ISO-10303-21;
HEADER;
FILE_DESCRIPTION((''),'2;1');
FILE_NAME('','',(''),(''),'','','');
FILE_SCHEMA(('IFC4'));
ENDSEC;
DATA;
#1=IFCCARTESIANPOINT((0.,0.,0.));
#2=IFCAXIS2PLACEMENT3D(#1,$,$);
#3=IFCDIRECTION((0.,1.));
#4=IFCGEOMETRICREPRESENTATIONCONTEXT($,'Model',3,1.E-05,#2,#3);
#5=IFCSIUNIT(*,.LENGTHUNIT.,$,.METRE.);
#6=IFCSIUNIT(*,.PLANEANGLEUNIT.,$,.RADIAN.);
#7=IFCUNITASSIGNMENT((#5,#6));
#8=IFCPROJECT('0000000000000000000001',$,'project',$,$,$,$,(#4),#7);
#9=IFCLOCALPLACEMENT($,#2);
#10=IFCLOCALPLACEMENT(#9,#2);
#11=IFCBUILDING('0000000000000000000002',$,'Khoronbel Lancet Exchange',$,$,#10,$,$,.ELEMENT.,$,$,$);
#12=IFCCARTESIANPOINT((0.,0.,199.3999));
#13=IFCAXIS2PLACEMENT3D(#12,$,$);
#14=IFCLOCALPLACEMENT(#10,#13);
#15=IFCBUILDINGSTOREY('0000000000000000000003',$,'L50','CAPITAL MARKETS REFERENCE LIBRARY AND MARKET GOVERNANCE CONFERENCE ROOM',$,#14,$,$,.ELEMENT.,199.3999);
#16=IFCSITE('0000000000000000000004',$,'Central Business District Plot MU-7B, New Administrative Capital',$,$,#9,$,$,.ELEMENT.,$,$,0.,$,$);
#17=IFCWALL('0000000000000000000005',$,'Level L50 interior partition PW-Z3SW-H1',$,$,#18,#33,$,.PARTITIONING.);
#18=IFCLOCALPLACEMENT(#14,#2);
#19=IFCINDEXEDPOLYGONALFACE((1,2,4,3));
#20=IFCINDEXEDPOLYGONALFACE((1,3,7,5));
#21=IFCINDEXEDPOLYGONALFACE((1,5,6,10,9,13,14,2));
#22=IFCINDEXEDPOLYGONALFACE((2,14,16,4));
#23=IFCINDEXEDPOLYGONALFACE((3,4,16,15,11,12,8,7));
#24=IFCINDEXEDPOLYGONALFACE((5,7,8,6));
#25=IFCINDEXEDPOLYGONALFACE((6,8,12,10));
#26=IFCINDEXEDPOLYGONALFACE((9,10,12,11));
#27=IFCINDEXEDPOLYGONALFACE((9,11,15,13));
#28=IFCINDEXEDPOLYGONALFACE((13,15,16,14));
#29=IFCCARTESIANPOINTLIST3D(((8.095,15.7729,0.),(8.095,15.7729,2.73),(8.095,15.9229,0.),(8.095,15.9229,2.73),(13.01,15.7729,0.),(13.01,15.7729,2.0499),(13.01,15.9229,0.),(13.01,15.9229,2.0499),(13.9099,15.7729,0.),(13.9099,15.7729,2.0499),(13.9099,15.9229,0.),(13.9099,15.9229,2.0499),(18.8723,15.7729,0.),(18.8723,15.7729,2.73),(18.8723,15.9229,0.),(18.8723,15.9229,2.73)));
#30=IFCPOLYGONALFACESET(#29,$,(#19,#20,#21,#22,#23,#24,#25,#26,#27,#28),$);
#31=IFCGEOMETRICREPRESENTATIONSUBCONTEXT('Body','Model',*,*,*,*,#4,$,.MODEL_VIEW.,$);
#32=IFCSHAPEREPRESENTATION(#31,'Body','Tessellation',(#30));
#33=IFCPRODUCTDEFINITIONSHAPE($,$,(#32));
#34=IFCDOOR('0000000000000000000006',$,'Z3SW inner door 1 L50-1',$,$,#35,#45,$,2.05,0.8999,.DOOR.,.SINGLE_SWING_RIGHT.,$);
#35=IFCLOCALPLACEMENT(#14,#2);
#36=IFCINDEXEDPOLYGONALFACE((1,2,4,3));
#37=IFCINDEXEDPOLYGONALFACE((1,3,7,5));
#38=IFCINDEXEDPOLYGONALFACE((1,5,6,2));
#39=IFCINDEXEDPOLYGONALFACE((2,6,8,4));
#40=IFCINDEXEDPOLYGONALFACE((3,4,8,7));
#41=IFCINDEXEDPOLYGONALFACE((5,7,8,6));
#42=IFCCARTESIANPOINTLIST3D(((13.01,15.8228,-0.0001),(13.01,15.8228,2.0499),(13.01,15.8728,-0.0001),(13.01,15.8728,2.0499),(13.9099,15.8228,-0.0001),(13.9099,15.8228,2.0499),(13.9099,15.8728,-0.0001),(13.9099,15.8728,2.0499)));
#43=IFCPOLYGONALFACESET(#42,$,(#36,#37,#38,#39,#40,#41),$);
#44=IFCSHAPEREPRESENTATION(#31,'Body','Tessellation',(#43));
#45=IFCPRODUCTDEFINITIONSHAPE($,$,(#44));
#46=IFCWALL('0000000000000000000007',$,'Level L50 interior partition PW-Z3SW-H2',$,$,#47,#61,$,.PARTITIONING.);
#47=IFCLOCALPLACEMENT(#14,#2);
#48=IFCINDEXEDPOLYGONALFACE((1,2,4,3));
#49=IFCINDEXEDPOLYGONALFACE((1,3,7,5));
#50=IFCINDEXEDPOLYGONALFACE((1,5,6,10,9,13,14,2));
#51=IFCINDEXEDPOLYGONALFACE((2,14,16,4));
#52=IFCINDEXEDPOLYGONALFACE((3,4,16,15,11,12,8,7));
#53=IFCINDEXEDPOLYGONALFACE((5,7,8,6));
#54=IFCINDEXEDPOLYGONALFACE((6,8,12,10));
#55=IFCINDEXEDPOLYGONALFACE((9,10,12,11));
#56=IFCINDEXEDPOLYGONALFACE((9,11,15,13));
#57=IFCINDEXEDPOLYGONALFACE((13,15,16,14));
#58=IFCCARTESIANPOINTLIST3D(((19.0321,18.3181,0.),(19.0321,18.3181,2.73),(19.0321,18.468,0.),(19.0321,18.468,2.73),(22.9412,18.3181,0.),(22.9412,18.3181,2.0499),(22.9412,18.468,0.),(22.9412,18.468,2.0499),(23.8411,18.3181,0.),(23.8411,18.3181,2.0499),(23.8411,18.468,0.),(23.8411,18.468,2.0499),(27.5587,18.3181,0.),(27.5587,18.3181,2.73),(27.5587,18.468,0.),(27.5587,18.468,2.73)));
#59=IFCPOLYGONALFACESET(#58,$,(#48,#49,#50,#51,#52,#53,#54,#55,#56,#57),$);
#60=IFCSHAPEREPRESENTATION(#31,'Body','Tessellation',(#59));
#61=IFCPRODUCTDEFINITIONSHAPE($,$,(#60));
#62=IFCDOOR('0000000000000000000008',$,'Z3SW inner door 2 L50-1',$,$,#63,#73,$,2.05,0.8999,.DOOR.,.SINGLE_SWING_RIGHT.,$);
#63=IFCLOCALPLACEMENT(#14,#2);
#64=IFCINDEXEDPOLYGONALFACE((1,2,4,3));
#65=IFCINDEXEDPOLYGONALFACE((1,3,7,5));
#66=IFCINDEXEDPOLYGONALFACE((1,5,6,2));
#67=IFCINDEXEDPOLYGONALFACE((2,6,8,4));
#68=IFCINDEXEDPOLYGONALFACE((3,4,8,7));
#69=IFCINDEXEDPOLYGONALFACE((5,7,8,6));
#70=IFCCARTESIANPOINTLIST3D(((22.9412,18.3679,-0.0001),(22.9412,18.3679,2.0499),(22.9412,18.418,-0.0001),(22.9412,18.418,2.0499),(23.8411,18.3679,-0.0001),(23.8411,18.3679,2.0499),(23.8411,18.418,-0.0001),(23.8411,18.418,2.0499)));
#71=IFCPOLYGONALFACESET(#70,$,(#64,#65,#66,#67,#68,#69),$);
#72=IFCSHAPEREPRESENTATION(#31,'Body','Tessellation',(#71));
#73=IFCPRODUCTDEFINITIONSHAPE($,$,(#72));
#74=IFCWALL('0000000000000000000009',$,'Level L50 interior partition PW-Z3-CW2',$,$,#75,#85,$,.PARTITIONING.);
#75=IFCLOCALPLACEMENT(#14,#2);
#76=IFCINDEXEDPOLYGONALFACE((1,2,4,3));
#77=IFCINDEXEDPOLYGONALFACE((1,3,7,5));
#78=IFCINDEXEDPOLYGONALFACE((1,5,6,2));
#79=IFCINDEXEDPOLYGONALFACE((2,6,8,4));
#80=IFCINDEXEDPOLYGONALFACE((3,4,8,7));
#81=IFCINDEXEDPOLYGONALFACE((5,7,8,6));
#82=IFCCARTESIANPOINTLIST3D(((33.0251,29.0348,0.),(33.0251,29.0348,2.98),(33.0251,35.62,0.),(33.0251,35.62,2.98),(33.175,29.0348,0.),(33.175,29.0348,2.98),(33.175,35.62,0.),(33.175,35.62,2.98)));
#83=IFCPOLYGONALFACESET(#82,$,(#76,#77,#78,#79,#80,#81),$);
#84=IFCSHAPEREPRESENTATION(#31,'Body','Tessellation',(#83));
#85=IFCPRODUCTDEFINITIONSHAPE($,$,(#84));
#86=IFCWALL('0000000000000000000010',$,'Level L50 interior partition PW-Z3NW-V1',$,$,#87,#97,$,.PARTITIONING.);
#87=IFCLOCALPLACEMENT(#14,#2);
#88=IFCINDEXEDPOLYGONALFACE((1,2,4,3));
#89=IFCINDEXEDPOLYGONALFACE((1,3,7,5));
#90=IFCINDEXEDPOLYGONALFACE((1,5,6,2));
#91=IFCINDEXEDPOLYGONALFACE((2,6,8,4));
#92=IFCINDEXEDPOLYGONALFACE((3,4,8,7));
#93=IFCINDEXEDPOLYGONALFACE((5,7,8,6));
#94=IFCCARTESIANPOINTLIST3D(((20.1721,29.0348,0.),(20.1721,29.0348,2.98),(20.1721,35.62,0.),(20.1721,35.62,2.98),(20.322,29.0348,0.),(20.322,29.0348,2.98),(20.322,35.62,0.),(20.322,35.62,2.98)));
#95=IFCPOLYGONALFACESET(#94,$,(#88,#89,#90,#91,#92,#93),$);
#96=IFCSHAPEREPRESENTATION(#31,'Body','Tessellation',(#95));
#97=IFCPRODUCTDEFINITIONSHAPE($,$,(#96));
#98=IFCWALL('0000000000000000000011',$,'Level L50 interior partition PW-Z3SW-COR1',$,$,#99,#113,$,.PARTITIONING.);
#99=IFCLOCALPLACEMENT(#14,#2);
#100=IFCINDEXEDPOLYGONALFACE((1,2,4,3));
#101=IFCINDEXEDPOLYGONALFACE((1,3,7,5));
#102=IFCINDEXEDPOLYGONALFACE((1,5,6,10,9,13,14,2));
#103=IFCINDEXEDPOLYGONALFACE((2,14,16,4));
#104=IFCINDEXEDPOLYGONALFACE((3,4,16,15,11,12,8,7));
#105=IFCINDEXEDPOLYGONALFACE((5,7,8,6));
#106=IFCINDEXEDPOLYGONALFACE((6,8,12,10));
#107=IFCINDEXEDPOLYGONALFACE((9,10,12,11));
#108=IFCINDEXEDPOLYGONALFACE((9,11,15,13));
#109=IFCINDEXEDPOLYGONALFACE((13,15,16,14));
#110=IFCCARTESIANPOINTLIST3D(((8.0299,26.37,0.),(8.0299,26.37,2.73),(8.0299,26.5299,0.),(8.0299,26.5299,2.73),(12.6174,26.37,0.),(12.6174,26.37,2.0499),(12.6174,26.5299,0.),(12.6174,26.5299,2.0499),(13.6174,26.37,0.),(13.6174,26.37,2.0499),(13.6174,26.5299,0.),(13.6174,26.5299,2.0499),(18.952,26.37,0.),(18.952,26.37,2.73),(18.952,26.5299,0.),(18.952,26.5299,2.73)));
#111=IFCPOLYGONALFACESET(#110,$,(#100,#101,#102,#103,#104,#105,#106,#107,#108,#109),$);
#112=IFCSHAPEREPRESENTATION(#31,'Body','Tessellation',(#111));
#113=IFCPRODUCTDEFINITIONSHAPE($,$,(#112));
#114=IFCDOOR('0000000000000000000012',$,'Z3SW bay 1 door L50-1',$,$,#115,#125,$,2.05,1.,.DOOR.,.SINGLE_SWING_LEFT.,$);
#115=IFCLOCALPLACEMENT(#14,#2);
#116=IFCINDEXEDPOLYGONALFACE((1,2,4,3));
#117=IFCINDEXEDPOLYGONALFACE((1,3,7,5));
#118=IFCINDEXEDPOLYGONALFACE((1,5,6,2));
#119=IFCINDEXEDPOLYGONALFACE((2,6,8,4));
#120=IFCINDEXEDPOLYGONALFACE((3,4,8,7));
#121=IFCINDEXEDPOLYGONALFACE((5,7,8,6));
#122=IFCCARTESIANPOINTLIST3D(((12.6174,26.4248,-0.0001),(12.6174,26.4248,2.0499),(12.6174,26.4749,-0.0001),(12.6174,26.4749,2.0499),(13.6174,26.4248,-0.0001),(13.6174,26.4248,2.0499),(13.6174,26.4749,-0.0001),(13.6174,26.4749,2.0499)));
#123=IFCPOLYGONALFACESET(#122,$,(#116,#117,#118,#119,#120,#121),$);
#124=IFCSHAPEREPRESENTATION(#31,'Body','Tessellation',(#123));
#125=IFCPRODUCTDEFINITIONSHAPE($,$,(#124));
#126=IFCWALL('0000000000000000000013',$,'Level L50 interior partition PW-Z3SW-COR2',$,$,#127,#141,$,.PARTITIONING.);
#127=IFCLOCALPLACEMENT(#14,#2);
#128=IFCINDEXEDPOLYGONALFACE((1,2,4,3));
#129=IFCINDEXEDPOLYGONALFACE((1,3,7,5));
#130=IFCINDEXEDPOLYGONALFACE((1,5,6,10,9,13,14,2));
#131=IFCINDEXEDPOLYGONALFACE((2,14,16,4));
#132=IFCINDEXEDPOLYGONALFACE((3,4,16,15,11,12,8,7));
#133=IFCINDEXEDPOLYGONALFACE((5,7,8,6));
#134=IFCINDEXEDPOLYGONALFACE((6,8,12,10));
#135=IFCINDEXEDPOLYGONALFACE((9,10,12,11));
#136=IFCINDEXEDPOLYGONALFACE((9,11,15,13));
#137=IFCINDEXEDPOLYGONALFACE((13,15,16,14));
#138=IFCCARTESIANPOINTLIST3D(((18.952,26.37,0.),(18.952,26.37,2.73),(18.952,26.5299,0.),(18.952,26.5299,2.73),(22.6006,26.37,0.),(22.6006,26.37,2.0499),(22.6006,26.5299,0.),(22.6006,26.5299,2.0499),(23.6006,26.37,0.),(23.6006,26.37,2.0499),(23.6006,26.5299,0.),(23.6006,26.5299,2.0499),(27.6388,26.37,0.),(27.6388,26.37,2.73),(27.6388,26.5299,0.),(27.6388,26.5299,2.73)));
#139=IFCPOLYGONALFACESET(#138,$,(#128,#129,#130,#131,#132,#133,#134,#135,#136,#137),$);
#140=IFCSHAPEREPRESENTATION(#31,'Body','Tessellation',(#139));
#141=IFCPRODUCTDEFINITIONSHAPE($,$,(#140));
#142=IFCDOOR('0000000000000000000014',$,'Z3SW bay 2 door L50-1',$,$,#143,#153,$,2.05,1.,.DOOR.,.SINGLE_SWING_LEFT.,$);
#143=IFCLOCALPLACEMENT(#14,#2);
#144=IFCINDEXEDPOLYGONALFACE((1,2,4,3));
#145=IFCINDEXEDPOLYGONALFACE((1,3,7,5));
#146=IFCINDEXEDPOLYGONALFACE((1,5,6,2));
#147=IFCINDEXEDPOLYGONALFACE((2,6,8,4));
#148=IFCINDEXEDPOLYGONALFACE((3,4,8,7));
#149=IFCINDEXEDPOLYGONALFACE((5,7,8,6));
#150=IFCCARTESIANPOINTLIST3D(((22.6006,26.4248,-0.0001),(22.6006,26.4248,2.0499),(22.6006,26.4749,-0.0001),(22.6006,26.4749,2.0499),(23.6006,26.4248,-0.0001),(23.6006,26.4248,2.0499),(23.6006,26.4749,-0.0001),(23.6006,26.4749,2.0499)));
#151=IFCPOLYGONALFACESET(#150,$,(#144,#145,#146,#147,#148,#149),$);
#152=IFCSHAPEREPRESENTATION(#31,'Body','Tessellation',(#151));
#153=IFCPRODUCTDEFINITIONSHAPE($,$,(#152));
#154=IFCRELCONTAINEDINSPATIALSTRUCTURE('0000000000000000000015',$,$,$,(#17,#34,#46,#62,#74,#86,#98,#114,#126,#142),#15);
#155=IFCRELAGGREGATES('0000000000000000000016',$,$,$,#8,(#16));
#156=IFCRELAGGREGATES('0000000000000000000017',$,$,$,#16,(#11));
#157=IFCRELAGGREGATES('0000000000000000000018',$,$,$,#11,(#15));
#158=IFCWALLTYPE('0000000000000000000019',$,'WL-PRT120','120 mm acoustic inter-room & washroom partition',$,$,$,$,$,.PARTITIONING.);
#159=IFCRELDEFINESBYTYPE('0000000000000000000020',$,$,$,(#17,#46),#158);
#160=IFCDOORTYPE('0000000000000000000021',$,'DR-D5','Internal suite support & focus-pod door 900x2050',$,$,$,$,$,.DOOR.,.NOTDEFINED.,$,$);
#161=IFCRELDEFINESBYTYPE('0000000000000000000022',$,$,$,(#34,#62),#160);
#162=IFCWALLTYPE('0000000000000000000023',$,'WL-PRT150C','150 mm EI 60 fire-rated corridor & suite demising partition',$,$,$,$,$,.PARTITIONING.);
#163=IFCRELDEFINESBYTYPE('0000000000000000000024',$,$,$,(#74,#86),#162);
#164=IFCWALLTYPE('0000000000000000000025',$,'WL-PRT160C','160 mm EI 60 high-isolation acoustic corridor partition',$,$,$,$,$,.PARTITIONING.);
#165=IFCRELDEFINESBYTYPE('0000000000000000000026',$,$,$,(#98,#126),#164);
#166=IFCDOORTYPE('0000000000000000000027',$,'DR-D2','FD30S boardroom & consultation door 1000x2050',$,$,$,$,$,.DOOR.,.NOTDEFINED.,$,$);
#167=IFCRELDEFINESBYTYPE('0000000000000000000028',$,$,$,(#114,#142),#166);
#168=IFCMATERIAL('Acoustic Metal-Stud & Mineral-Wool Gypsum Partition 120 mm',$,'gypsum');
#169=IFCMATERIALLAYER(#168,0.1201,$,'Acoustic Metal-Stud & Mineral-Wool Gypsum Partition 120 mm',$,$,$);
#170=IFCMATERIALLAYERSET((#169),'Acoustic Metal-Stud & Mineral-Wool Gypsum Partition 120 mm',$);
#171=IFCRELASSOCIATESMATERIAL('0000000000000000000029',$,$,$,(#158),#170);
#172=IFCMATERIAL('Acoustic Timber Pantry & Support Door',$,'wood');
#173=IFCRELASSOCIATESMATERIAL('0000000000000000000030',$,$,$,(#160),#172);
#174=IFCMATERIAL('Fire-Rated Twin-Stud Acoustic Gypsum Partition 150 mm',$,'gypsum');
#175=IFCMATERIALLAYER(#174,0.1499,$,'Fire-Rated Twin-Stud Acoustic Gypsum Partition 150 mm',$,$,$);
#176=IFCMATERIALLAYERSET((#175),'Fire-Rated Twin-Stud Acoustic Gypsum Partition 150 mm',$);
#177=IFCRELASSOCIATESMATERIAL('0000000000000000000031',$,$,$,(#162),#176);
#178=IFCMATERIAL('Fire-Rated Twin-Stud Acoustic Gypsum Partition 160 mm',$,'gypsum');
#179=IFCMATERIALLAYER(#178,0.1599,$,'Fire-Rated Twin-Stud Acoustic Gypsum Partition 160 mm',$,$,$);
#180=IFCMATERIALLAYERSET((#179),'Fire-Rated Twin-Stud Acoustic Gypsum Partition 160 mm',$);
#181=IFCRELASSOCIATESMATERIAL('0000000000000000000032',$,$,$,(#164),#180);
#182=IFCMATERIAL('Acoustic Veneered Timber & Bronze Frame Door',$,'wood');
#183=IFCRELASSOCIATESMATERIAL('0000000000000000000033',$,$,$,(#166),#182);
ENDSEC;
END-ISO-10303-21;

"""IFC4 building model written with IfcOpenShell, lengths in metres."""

from ifc_helpers import new_model, si_unit, direction, frame, frame_2d, origin, place, context, subcontext, project, spatial, rectangle, extrude, material, layer, layer_set, type_object, element, fill, save


model = new_model("IFC4")

# Units and contexts
model_context = context("Model", 3, precision=1e-05, world=origin(), true_north=direction((0.0, 1.0)))
body_context = subcontext(model_context, "Body", "Model", "MODEL_VIEW")
ifc_project = project(units=[si_unit("LENGTHUNIT", "METRE"), si_unit("PLANEANGLEUNIT", "RADIAN")], contexts=[model_context])

# Site, building, storey
site_placement = place(None, origin())
site = spatial("IfcSite", under=ifc_project, at=site_placement, Name="Central Business District Plot MU-7B, New Administrative Capital", CompositionType="ELEMENT", RefElevation=0.0)
building_placement = place(site_placement, origin())
building = spatial("IfcBuilding", under=site, at=building_placement, Name="Khoronbel Lancet Exchange", CompositionType="ELEMENT")
storey_placement = place(building_placement, frame((0.0, 0.0, 199.3999)))
storey = spatial("IfcBuildingStorey", under=building, at=storey_placement, Name="L50", Description="CAPITAL MARKETS REFERENCE LIBRARY AND MARKET GOVERNANCE CONFERENCE ROOM", CompositionType="ELEMENT", Elevation=199.3999)

# Walls, openings, doors
ifc_material_1 = material(Name="Acoustic Metal-Stud & Mineral-Wool Gypsum Partition 120 mm", Category="gypsum")
ifc_layer_1 = layer(ifc_material_1, 0.1201, Name="Acoustic Metal-Stud & Mineral-Wool Gypsum Partition 120 mm")
ifc_layer_set_1 = layer_set([ifc_layer_1], Name="Acoustic Metal-Stud & Mineral-Wool Gypsum Partition 120 mm")
wall_type_1 = type_object("IfcWallType", Name="WL-PRT120", Description="120 mm acoustic inter-room & washroom partition", PredefinedType="PARTITIONING", material=ifc_layer_set_1)
wall_1_placement = place(storey_placement, frame((8.095, 15.8479, 0.0), z_axis=(0.0, 0.0, 1.0), x_axis=(1.0, 0.0, 0.0)))
wall_1 = element("IfcWall", 1, at=wall_1_placement, inside=storey, type_object=wall_type_1, Name="Level L50 interior partition PW-Z3SW-H1", PredefinedType="PARTITIONING", context=body_context, shape_type="SweptSolid", body=[
    extrude(rectangle(XDim=10.7773, YDim=0.1499, at=frame_2d((5.3887, 0.0))), origin(), (0.0, 0.0, 1.0), 2.73),
])
opening_1_placement = place(wall_1_placement, frame((4.915, 0.0, 0.0)))
opening_1 = element("IfcOpeningElement", 2, at=opening_1_placement, cuts=wall_1, PredefinedType="OPENING", context=body_context, shape_type="SweptSolid", body=[
    extrude(rectangle(XDim=0.8999, YDim=2.05, at=frame_2d((0.45, 1.0249))), frame((0.0, 0.085, 0.0), z_axis=(0.0, -1.0, 0.0), x_axis=(1.0, 0.0, 0.0)), (0.0, 0.0, 1.0), 0.1699),
])
ifc_material_2 = material(Name="Acoustic Timber Pantry & Support Door", Category="wood")
door_type_1 = type_object("IfcDoorType", Name="DR-D5", Description="Internal suite support & focus-pod door 900x2050", OperationType="NOTDEFINED", PredefinedType="DOOR", material=ifc_material_2)
door_1_placement = place(opening_1_placement, origin())
door_1 = element("IfcDoor", 3, at=door_1_placement, inside=storey, type_object=door_type_1, Name="Z3SW inner door 1 L50-1", OperationType="SINGLE_SWING_RIGHT", OverallHeight=2.05, OverallWidth=0.8999, PredefinedType="DOOR", context=body_context, shape_type="SweptSolid", body=[
    extrude(rectangle(XDim=0.8999, YDim=2.05, at=frame_2d((0.45, 1.0249))), frame((0.0, 0.0249, 0.0), z_axis=(0.0, -1.0, 0.0), x_axis=(1.0, 0.0, 0.0)), (0.0, 0.0, 1.0), 0.05),
])
fill(opening_1, door_1)
wall_2_placement = place(storey_placement, frame((19.0322, 18.3931, 0.0), z_axis=(0.0, 0.0, 1.0), x_axis=(1.0, 0.0, 0.0)))
wall_2 = element("IfcWall", 4, at=wall_2_placement, inside=storey, type_object=wall_type_1, Name="Level L50 interior partition PW-Z3SW-H2", PredefinedType="PARTITIONING", context=body_context, shape_type="SweptSolid", body=[
    extrude(rectangle(XDim=8.5266, YDim=0.1499, at=frame_2d((4.2632, 0.0))), origin(), (0.0, 0.0, 1.0), 2.73),
])
opening_2_placement = place(wall_2_placement, frame((3.9089, 0.0, 0.0)))
opening_2 = element("IfcOpeningElement", 5, at=opening_2_placement, cuts=wall_2, PredefinedType="OPENING", context=body_context, shape_type="SweptSolid", body=[
    extrude(rectangle(XDim=0.8999, YDim=2.05, at=frame_2d((0.45, 1.0249))), frame((0.0, 0.085, 0.0), z_axis=(0.0, -1.0, 0.0), x_axis=(1.0, 0.0, 0.0)), (0.0, 0.0, 1.0), 0.1699),
])
door_2_placement = place(opening_2_placement, origin())
door_2 = element("IfcDoor", 6, at=door_2_placement, inside=storey, type_object=door_type_1, Name="Z3SW inner door 2 L50-1", OperationType="SINGLE_SWING_RIGHT", OverallHeight=2.05, OverallWidth=0.8999, PredefinedType="DOOR", context=body_context, shape_type="SweptSolid", body=[
    extrude(rectangle(XDim=0.8999, YDim=2.05, at=frame_2d((0.45, 1.0249))), frame((0.0, 0.0249, 0.0), z_axis=(0.0, -1.0, 0.0), x_axis=(1.0, 0.0, 0.0)), (0.0, 0.0, 1.0), 0.05),
])
fill(opening_2, door_2)

# Walls
ifc_material_3 = material(Name="Fire-Rated Twin-Stud Acoustic Gypsum Partition 150 mm", Category="gypsum")
ifc_layer_2 = layer(ifc_material_3, 0.1499, Name="Fire-Rated Twin-Stud Acoustic Gypsum Partition 150 mm")
ifc_layer_set_2 = layer_set([ifc_layer_2], Name="Fire-Rated Twin-Stud Acoustic Gypsum Partition 150 mm")
wall_type_2 = type_object("IfcWallType", Name="WL-PRT150C", Description="150 mm EI 60 fire-rated corridor & suite demising partition", PredefinedType="PARTITIONING", material=ifc_layer_set_2)
for number, where, z_axis, x_axis, name in (
    (7, (33.1001, 29.0349, 0.0), (0.0, 0.0, 1.0), (0.0, 1.0, 0.0), "Level L50 interior partition PW-Z3-CW2"),
    (8, (20.2471, 29.0349, 0.0), (0.0, 0.0, 1.0), (0.0, 1.0, 0.0), "Level L50 interior partition PW-Z3NW-V1"),
):
    element("IfcWall", number, at=place(storey_placement, frame(where, z_axis=z_axis, x_axis=x_axis)), inside=storey, type_object=wall_type_2, Name=name, PredefinedType="PARTITIONING", context=body_context, shape_type="SweptSolid", body=[
        extrude(rectangle(XDim=6.5852, YDim=0.1499, at=frame_2d((3.2925, 0.0))), origin(), (0.0, 0.0, 1.0), 2.98),
    ])

# Walls, openings, doors
ifc_material_4 = material(Name="Fire-Rated Twin-Stud Acoustic Gypsum Partition 160 mm", Category="gypsum")
ifc_layer_3 = layer(ifc_material_4, 0.1599, Name="Fire-Rated Twin-Stud Acoustic Gypsum Partition 160 mm")
ifc_layer_set_3 = layer_set([ifc_layer_3], Name="Fire-Rated Twin-Stud Acoustic Gypsum Partition 160 mm")
wall_type_3 = type_object("IfcWallType", Name="WL-PRT160C", Description="160 mm EI 60 high-isolation acoustic corridor partition", PredefinedType="PARTITIONING", material=ifc_layer_set_3)
wall_3_placement = place(storey_placement, frame((8.03, 26.45, 0.0), z_axis=(0.0, 0.0, 1.0), x_axis=(1.0, 0.0, 0.0)))
wall_3 = element("IfcWall", 9, at=wall_3_placement, inside=storey, type_object=wall_type_3, Name="Level L50 interior partition PW-Z3SW-COR1", PredefinedType="PARTITIONING", context=body_context, shape_type="SweptSolid", body=[
    extrude(rectangle(XDim=10.9221, YDim=0.1599, at=frame_2d((5.4609, 0.0))), origin(), (0.0, 0.0, 1.0), 2.73),
])
opening_3_placement = place(wall_3_placement, frame((4.5874, 0.0, 0.0)))
opening_3 = element("IfcOpeningElement", 10, at=opening_3_placement, cuts=wall_3, PredefinedType="OPENING", context=body_context, shape_type="SweptSolid", body=[
    extrude(rectangle(XDim=1.0, YDim=2.05, at=frame_2d((0.5, 1.0249))), frame((0.0, 0.0898, 0.0), z_axis=(0.0, -1.0, 0.0), x_axis=(1.0, 0.0, 0.0)), (0.0, 0.0, 1.0), 0.1799),
])
ifc_material_5 = material(Name="Acoustic Veneered Timber & Bronze Frame Door", Category="wood")
door_type_2 = type_object("IfcDoorType", Name="DR-D2", Description="FD30S boardroom & consultation door 1000x2050", OperationType="NOTDEFINED", PredefinedType="DOOR", material=ifc_material_5)
door_3_placement = place(opening_3_placement, origin())
door_3 = element("IfcDoor", 11, at=door_3_placement, inside=storey, type_object=door_type_2, Name="Z3SW bay 1 door L50-1", OperationType="SINGLE_SWING_LEFT", OverallHeight=2.05, OverallWidth=1.0, PredefinedType="DOOR", context=body_context, shape_type="SweptSolid", body=[
    extrude(rectangle(XDim=1.0, YDim=2.05, at=frame_2d((0.5, 1.0249))), frame((0.0, 0.0249, 0.0), z_axis=(0.0, -1.0, 0.0), x_axis=(1.0, 0.0, 0.0)), (0.0, 0.0, 1.0), 0.05),
])
fill(opening_3, door_3)
wall_4_placement = place(storey_placement, frame((18.9521, 26.45, 0.0), z_axis=(0.0, 0.0, 1.0), x_axis=(1.0, 0.0, 0.0)))
wall_4 = element("IfcWall", 12, at=wall_4_placement, inside=storey, type_object=wall_type_3, Name="Level L50 interior partition PW-Z3SW-COR2", PredefinedType="PARTITIONING", context=body_context, shape_type="SweptSolid", body=[
    extrude(rectangle(XDim=8.6868, YDim=0.1599, at=frame_2d((4.3433, 0.0))), origin(), (0.0, 0.0, 1.0), 2.73),
])
opening_4_placement = place(wall_4_placement, frame((3.6484, 0.0, 0.0)))
opening_4 = element("IfcOpeningElement", 13, at=opening_4_placement, cuts=wall_4, PredefinedType="OPENING", context=body_context, shape_type="SweptSolid", body=[
    extrude(rectangle(XDim=1.0, YDim=2.05, at=frame_2d((0.5, 1.0249))), frame((0.0, 0.0898, 0.0), z_axis=(0.0, -1.0, 0.0), x_axis=(1.0, 0.0, 0.0)), (0.0, 0.0, 1.0), 0.1799),
])
door_4_placement = place(opening_4_placement, origin())
door_4 = element("IfcDoor", 14, at=door_4_placement, inside=storey, type_object=door_type_2, Name="Z3SW bay 2 door L50-1", OperationType="SINGLE_SWING_LEFT", OverallHeight=2.05, OverallWidth=1.0, PredefinedType="DOOR", context=body_context, shape_type="SweptSolid", body=[
    extrude(rectangle(XDim=1.0, YDim=2.05, at=frame_2d((0.5, 1.0249))), frame((0.0, 0.0249, 0.0), z_axis=(0.0, -1.0, 0.0), x_axis=(1.0, 0.0, 0.0)), (0.0, 0.0, 1.0), 0.05),
])
fill(opening_4, door_4)

save(model, "model.ifc")
